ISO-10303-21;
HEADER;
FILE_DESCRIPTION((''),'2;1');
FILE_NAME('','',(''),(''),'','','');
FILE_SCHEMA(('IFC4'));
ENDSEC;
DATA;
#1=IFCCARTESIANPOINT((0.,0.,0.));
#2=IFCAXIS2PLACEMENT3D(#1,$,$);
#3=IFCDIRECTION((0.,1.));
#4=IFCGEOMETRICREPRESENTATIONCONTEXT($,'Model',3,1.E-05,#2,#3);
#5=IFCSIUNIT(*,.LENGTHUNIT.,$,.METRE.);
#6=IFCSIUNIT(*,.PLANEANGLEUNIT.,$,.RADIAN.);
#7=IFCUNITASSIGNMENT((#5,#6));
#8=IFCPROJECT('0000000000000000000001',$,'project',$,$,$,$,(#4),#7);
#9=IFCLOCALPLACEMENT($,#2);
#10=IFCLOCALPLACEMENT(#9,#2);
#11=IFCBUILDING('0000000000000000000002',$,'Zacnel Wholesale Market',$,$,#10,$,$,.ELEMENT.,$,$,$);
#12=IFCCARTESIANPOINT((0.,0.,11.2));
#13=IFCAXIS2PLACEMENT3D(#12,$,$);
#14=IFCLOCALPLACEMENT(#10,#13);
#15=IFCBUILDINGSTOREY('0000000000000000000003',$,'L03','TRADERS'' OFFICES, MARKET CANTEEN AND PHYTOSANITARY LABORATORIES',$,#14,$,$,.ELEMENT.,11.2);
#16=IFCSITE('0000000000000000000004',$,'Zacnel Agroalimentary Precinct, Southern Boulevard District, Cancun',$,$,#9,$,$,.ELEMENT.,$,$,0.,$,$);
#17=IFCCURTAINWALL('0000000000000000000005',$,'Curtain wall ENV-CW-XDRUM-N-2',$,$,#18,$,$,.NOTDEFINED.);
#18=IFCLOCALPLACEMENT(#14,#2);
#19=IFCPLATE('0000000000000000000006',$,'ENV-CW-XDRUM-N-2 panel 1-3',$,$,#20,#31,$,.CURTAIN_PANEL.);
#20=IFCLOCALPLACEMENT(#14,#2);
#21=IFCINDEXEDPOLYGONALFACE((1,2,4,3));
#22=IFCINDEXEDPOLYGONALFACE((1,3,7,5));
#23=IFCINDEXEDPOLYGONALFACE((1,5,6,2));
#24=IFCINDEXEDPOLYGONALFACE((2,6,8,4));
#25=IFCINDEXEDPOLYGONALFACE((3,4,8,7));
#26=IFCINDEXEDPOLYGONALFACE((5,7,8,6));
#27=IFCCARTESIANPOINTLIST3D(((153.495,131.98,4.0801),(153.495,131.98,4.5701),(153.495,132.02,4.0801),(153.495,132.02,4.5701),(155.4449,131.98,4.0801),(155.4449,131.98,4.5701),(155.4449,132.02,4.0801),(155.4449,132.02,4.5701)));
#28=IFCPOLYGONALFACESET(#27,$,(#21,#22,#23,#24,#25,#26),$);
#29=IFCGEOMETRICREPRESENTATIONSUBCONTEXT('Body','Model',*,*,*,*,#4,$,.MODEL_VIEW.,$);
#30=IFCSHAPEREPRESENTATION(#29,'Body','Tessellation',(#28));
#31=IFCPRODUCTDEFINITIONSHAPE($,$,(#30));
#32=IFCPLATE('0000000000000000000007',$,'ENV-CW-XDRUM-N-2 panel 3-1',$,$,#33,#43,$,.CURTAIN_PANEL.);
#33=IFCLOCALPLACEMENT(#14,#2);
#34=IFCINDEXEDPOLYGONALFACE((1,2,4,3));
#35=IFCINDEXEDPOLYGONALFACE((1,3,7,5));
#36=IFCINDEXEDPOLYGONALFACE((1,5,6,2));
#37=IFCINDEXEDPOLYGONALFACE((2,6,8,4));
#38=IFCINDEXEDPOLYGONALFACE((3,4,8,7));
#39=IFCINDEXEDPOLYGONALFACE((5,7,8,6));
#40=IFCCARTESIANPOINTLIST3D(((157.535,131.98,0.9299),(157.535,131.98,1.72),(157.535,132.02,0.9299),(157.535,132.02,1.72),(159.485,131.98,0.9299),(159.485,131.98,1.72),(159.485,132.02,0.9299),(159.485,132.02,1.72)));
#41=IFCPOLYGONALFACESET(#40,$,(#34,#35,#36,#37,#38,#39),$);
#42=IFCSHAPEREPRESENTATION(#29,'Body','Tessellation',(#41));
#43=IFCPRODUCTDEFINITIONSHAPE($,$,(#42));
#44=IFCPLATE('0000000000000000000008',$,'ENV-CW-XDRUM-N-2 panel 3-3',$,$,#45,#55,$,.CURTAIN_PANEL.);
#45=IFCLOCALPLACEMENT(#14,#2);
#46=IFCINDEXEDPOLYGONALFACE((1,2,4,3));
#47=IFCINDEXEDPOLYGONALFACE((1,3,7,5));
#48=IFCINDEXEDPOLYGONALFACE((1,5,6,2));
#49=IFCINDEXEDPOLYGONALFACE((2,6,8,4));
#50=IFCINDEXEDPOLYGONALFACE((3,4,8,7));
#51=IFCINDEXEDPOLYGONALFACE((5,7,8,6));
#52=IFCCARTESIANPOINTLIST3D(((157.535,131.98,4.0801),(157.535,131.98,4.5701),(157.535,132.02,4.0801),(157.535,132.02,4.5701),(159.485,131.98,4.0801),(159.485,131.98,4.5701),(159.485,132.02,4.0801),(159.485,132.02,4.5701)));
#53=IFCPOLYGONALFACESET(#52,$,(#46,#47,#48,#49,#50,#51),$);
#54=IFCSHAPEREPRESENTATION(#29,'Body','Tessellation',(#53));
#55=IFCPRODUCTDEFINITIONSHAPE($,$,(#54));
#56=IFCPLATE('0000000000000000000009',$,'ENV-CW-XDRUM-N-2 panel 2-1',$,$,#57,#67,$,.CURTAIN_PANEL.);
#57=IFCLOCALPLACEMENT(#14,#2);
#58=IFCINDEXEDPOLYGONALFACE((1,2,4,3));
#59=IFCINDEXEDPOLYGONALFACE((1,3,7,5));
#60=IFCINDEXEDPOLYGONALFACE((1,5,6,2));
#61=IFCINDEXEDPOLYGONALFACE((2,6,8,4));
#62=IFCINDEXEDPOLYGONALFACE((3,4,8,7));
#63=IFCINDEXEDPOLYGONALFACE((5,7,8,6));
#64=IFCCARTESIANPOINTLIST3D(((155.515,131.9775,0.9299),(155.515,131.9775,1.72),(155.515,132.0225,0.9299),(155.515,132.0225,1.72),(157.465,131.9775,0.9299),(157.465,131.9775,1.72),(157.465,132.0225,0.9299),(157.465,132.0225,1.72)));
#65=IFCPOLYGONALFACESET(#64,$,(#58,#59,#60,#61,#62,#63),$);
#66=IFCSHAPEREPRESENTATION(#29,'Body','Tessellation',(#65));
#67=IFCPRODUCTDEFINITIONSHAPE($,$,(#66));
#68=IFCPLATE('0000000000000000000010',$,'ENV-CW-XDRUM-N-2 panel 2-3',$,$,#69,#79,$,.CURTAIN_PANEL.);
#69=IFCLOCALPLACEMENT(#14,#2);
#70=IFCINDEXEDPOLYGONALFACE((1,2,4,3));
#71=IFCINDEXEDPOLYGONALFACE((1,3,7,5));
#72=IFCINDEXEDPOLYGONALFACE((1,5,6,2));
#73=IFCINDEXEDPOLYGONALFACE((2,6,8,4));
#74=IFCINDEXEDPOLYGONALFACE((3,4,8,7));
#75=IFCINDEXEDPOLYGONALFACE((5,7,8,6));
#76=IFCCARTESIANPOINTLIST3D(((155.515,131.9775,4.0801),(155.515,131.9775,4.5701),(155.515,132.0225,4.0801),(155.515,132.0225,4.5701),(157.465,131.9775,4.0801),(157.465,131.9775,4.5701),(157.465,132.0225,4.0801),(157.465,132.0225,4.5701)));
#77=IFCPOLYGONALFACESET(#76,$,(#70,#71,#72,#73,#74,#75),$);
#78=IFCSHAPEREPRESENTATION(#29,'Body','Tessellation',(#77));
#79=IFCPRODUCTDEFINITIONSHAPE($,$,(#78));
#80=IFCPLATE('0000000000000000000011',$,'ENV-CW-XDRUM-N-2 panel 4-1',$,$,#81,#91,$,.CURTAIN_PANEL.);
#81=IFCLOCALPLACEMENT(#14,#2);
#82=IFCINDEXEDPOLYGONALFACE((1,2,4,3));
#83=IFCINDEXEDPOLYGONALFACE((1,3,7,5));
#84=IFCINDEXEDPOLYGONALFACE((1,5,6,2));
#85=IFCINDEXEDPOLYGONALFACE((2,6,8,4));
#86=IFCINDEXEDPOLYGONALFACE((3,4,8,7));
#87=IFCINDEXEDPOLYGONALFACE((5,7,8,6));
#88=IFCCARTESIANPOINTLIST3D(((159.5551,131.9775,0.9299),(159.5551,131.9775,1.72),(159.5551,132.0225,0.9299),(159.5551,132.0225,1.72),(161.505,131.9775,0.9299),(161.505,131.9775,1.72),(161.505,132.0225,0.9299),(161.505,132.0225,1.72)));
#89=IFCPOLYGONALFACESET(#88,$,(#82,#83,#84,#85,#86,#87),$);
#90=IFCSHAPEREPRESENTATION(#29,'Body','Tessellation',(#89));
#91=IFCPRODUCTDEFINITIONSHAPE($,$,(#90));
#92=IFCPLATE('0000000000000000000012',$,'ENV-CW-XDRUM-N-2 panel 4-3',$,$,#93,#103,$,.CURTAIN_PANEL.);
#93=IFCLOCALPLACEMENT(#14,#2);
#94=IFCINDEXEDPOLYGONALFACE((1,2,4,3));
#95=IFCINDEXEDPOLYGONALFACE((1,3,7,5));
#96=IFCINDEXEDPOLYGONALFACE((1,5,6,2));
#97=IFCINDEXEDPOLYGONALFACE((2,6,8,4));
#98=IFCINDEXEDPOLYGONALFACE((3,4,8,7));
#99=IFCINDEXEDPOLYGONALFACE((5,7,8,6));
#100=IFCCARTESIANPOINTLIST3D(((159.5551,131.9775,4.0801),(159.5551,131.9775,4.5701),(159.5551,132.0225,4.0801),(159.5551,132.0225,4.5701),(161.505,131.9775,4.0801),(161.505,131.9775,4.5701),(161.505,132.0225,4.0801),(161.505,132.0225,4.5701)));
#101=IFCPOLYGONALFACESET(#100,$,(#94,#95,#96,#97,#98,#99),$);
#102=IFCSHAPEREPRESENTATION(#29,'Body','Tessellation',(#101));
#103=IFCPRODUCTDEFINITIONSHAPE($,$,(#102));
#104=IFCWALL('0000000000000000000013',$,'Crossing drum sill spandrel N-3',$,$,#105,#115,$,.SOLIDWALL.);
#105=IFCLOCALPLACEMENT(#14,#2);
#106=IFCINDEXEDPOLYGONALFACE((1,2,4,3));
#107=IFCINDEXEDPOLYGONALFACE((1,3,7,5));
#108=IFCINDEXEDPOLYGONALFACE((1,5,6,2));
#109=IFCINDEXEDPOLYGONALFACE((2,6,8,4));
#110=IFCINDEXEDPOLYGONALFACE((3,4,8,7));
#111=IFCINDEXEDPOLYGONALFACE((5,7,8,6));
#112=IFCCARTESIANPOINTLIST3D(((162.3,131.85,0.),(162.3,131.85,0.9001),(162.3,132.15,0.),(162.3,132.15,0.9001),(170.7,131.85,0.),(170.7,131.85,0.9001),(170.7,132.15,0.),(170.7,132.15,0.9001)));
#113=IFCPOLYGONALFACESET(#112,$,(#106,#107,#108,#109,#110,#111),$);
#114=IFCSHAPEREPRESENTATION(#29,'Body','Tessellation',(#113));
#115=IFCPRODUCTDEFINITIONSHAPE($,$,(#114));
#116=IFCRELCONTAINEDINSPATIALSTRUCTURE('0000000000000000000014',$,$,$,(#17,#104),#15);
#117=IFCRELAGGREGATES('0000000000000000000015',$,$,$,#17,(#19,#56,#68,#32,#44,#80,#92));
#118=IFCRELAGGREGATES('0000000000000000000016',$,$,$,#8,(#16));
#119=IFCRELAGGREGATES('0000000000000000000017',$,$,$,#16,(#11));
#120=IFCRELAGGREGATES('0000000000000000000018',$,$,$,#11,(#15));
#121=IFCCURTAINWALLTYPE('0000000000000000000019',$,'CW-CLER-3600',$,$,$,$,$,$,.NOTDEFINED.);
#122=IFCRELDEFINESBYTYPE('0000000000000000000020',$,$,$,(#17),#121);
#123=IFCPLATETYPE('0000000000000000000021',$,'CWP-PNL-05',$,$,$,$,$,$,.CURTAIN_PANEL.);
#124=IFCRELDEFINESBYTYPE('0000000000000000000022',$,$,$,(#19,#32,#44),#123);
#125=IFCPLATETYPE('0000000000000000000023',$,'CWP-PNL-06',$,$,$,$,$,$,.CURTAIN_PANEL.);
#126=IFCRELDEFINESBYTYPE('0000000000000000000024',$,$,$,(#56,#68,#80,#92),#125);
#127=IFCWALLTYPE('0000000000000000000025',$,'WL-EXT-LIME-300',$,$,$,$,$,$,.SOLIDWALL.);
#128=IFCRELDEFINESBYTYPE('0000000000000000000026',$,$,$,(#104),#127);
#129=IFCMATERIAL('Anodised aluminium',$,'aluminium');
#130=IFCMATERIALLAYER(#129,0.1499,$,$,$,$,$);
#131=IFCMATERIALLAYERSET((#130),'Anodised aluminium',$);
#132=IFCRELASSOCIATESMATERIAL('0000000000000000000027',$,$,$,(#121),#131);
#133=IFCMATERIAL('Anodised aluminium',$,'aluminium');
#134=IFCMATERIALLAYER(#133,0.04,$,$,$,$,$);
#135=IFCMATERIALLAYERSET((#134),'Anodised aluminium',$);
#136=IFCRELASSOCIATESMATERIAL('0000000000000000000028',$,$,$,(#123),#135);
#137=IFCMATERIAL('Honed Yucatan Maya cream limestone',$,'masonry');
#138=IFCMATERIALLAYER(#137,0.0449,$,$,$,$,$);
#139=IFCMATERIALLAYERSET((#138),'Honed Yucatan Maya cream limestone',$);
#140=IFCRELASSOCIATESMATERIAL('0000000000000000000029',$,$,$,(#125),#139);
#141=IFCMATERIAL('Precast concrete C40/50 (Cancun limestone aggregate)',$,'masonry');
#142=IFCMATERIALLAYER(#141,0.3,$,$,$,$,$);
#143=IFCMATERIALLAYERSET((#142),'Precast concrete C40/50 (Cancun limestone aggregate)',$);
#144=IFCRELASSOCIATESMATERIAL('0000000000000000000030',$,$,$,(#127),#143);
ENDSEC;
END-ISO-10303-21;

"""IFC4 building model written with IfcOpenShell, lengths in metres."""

from ifc_helpers import new_model, si_unit, direction, frame, frame_2d, origin, origin_2d, place, context, subcontext, project, spatial, rectangle, extrude, material, layer, layer_set, type_object, element, aggregate, save


model = new_model("IFC4")

# Units and contexts
model_context = context("Model", 3, precision=1e-05, world=origin(), true_north=direction((0.0, 1.0)))
body_context = subcontext(model_context, "Body", "Model", "MODEL_VIEW")
ifc_project = project(units=[si_unit("LENGTHUNIT", "METRE"), si_unit("PLANEANGLEUNIT", "RADIAN")], contexts=[model_context])

# Site, building, storey
site_placement = place(None, origin())
site = spatial("IfcSite", under=ifc_project, at=site_placement, Name="Zacnel Agroalimentary Precinct, Southern Boulevard District, Cancun", CompositionType="ELEMENT", RefElevation=0.0)
building_placement = place(site_placement, origin())
building = spatial("IfcBuilding", under=site, at=building_placement, Name="Zacnel Wholesale Market", CompositionType="ELEMENT")
storey_placement = place(building_placement, frame((0.0, 0.0, 11.2)))
storey = spatial("IfcBuildingStorey", under=building, at=storey_placement, Name="L03", Description="TRADERS' OFFICES, MARKET CANTEEN AND PHYTOSANITARY LABORATORIES", CompositionType="ELEMENT", Elevation=11.2)

# Curtain wall
ifc_material_1 = material(Name="Anodised aluminium", Category="aluminium")
ifc_layer_1 = layer(ifc_material_1, 0.1499)
ifc_layer_set_1 = layer_set([ifc_layer_1], Name="Anodised aluminium")
curtain_wall_type = type_object("IfcCurtainWallType", Name="CW-CLER-3600", PredefinedType="NOTDEFINED", material=ifc_layer_set_1)
curtain_wall_1_placement = place(storey_placement, origin())
curtain_wall_1 = element("IfcCurtainWall", 1, at=curtain_wall_1_placement, inside=storey, type_object=curtain_wall_type, Name="Curtain wall ENV-CW-XDRUM-N-2", PredefinedType="NOTDEFINED")

# Plates
ifc_material_2 = material(Name="Anodised aluminium", Category="aluminium")
ifc_layer_2 = layer(ifc_material_2, 0.04)
ifc_layer_set_2 = layer_set([ifc_layer_2], Name="Anodised aluminium")
plate_type_1 = type_object("IfcPlateType", Name="CWP-PNL-05", PredefinedType="CURTAIN_PANEL", material=ifc_layer_set_2)
plate_1_placement = place(storey_placement, frame((154.47, 132.0, 4.0801), z_axis=(0.0, 0.0, 1.0), x_axis=(1.0, 0.0, 0.0)))
plate_1 = element("IfcPlate", 2, at=plate_1_placement, type_object=plate_type_1, Name="ENV-CW-XDRUM-N-2 panel 1-3", PredefinedType="CURTAIN_PANEL", context=body_context, shape_type="SweptSolid", body=[
    extrude(rectangle(XDim=1.95, YDim=0.04, at=origin_2d()), origin(), (0.0, 0.0, 1.0), 0.49),
])
plate_2_placement = place(storey_placement, frame((158.51, 132.0, 0.9299), z_axis=(0.0, 0.0, 1.0), x_axis=(1.0, 0.0, 0.0)))
plate_2 = element("IfcPlate", 3, at=plate_2_placement, type_object=plate_type_1, Name="ENV-CW-XDRUM-N-2 panel 3-1", PredefinedType="CURTAIN_PANEL", context=body_context, shape_type="SweptSolid", body=[
    extrude(rectangle(XDim=1.95, YDim=0.04, at=origin_2d()), origin(), (0.0, 0.0, 1.0), 0.79),
])
plate_3_placement = place(storey_placement, frame((158.51, 132.0, 4.0801), z_axis=(0.0, 0.0, 1.0), x_axis=(1.0, 0.0, 0.0)))
plate_3 = element("IfcPlate", 4, at=plate_3_placement, type_object=plate_type_1, Name="ENV-CW-XDRUM-N-2 panel 3-3", PredefinedType="CURTAIN_PANEL", context=body_context, shape_type="SweptSolid", body=[
    extrude(rectangle(XDim=1.95, YDim=0.04, at=origin_2d()), origin(), (0.0, 0.0, 1.0), 0.49),
])
ifc_material_3 = material(Name="Honed Yucatan Maya cream limestone", Category="masonry")
ifc_layer_3 = layer(ifc_material_3, 0.0449)
ifc_layer_set_3 = layer_set([ifc_layer_3], Name="Honed Yucatan Maya cream limestone")
plate_type_2 = type_object("IfcPlateType", Name="CWP-PNL-06", PredefinedType="CURTAIN_PANEL", material=ifc_layer_set_3)
plate_4_placement = place(storey_placement, frame((156.49, 132.0, 0.9299), z_axis=(0.0, 0.0, 1.0), x_axis=(1.0, 0.0, 0.0)))
plate_4 = element("IfcPlate", 5, at=plate_4_placement, type_object=plate_type_2, Name="ENV-CW-XDRUM-N-2 panel 2-1", PredefinedType="CURTAIN_PANEL", context=body_context, shape_type="SweptSolid", body=[
    extrude(rectangle(XDim=1.95, YDim=0.0449, at=origin_2d()), origin(), (0.0, 0.0, 1.0), 0.79),
])
plate_5_placement = place(storey_placement, frame((156.49, 132.0, 4.0801), z_axis=(0.0, 0.0, 1.0), x_axis=(1.0, 0.0, 0.0)))
plate_5 = element("IfcPlate", 6, at=plate_5_placement, type_object=plate_type_2, Name="ENV-CW-XDRUM-N-2 panel 2-3", PredefinedType="CURTAIN_PANEL", context=body_context, shape_type="SweptSolid", body=[
    extrude(rectangle(XDim=1.95, YDim=0.0449, at=origin_2d()), origin(), (0.0, 0.0, 1.0), 0.49),
])
plate_6_placement = place(storey_placement, frame((160.53, 132.0, 0.9299), z_axis=(0.0, 0.0, 1.0), x_axis=(1.0, 0.0, 0.0)))
plate_6 = element("IfcPlate", 7, at=plate_6_placement, type_object=plate_type_2, Name="ENV-CW-XDRUM-N-2 panel 4-1", PredefinedType="CURTAIN_PANEL", context=body_context, shape_type="SweptSolid", body=[
    extrude(rectangle(XDim=1.95, YDim=0.0449, at=origin_2d()), origin(), (0.0, 0.0, 1.0), 0.79),
])
plate_7_placement = place(storey_placement, frame((160.53, 132.0, 4.0801), z_axis=(0.0, 0.0, 1.0), x_axis=(1.0, 0.0, 0.0)))
plate_7 = element("IfcPlate", 8, at=plate_7_placement, type_object=plate_type_2, Name="ENV-CW-XDRUM-N-2 panel 4-3", PredefinedType="CURTAIN_PANEL", context=body_context, shape_type="SweptSolid", body=[
    extrude(rectangle(XDim=1.95, YDim=0.0449, at=origin_2d()), origin(), (0.0, 0.0, 1.0), 0.49),
])
aggregate(curtain_wall_1, [plate_1, plate_4, plate_5, plate_2, plate_3, plate_6, plate_7])

# Wall
ifc_material_4 = material(Name="Precast concrete C40/50 (Cancun limestone aggregate)", Category="masonry")
ifc_layer_4 = layer(ifc_material_4, 0.3)
ifc_layer_set_4 = layer_set([ifc_layer_4], Name="Precast concrete C40/50 (Cancun limestone aggregate)")
wall_type = type_object("IfcWallType", Name="WL-EXT-LIME-300", PredefinedType="SOLIDWALL", material=ifc_layer_set_4)
wall_placement = place(storey_placement, frame((162.3, 132.0, 0.0), z_axis=(0.0, 0.0, 1.0), x_axis=(1.0, 0.0, 0.0)))
element("IfcWall", 9, at=wall_placement, inside=storey, type_object=wall_type, Name="Crossing drum sill spandrel N-3", PredefinedType="SOLIDWALL", context=body_context, shape_type="SweptSolid", body=[
    extrude(rectangle(XDim=8.3999, YDim=0.3, at=frame_2d((4.2, 0.0))), origin(), (0.0, 0.0, 1.0), 0.9001),
])

save(model, "model.ifc")
